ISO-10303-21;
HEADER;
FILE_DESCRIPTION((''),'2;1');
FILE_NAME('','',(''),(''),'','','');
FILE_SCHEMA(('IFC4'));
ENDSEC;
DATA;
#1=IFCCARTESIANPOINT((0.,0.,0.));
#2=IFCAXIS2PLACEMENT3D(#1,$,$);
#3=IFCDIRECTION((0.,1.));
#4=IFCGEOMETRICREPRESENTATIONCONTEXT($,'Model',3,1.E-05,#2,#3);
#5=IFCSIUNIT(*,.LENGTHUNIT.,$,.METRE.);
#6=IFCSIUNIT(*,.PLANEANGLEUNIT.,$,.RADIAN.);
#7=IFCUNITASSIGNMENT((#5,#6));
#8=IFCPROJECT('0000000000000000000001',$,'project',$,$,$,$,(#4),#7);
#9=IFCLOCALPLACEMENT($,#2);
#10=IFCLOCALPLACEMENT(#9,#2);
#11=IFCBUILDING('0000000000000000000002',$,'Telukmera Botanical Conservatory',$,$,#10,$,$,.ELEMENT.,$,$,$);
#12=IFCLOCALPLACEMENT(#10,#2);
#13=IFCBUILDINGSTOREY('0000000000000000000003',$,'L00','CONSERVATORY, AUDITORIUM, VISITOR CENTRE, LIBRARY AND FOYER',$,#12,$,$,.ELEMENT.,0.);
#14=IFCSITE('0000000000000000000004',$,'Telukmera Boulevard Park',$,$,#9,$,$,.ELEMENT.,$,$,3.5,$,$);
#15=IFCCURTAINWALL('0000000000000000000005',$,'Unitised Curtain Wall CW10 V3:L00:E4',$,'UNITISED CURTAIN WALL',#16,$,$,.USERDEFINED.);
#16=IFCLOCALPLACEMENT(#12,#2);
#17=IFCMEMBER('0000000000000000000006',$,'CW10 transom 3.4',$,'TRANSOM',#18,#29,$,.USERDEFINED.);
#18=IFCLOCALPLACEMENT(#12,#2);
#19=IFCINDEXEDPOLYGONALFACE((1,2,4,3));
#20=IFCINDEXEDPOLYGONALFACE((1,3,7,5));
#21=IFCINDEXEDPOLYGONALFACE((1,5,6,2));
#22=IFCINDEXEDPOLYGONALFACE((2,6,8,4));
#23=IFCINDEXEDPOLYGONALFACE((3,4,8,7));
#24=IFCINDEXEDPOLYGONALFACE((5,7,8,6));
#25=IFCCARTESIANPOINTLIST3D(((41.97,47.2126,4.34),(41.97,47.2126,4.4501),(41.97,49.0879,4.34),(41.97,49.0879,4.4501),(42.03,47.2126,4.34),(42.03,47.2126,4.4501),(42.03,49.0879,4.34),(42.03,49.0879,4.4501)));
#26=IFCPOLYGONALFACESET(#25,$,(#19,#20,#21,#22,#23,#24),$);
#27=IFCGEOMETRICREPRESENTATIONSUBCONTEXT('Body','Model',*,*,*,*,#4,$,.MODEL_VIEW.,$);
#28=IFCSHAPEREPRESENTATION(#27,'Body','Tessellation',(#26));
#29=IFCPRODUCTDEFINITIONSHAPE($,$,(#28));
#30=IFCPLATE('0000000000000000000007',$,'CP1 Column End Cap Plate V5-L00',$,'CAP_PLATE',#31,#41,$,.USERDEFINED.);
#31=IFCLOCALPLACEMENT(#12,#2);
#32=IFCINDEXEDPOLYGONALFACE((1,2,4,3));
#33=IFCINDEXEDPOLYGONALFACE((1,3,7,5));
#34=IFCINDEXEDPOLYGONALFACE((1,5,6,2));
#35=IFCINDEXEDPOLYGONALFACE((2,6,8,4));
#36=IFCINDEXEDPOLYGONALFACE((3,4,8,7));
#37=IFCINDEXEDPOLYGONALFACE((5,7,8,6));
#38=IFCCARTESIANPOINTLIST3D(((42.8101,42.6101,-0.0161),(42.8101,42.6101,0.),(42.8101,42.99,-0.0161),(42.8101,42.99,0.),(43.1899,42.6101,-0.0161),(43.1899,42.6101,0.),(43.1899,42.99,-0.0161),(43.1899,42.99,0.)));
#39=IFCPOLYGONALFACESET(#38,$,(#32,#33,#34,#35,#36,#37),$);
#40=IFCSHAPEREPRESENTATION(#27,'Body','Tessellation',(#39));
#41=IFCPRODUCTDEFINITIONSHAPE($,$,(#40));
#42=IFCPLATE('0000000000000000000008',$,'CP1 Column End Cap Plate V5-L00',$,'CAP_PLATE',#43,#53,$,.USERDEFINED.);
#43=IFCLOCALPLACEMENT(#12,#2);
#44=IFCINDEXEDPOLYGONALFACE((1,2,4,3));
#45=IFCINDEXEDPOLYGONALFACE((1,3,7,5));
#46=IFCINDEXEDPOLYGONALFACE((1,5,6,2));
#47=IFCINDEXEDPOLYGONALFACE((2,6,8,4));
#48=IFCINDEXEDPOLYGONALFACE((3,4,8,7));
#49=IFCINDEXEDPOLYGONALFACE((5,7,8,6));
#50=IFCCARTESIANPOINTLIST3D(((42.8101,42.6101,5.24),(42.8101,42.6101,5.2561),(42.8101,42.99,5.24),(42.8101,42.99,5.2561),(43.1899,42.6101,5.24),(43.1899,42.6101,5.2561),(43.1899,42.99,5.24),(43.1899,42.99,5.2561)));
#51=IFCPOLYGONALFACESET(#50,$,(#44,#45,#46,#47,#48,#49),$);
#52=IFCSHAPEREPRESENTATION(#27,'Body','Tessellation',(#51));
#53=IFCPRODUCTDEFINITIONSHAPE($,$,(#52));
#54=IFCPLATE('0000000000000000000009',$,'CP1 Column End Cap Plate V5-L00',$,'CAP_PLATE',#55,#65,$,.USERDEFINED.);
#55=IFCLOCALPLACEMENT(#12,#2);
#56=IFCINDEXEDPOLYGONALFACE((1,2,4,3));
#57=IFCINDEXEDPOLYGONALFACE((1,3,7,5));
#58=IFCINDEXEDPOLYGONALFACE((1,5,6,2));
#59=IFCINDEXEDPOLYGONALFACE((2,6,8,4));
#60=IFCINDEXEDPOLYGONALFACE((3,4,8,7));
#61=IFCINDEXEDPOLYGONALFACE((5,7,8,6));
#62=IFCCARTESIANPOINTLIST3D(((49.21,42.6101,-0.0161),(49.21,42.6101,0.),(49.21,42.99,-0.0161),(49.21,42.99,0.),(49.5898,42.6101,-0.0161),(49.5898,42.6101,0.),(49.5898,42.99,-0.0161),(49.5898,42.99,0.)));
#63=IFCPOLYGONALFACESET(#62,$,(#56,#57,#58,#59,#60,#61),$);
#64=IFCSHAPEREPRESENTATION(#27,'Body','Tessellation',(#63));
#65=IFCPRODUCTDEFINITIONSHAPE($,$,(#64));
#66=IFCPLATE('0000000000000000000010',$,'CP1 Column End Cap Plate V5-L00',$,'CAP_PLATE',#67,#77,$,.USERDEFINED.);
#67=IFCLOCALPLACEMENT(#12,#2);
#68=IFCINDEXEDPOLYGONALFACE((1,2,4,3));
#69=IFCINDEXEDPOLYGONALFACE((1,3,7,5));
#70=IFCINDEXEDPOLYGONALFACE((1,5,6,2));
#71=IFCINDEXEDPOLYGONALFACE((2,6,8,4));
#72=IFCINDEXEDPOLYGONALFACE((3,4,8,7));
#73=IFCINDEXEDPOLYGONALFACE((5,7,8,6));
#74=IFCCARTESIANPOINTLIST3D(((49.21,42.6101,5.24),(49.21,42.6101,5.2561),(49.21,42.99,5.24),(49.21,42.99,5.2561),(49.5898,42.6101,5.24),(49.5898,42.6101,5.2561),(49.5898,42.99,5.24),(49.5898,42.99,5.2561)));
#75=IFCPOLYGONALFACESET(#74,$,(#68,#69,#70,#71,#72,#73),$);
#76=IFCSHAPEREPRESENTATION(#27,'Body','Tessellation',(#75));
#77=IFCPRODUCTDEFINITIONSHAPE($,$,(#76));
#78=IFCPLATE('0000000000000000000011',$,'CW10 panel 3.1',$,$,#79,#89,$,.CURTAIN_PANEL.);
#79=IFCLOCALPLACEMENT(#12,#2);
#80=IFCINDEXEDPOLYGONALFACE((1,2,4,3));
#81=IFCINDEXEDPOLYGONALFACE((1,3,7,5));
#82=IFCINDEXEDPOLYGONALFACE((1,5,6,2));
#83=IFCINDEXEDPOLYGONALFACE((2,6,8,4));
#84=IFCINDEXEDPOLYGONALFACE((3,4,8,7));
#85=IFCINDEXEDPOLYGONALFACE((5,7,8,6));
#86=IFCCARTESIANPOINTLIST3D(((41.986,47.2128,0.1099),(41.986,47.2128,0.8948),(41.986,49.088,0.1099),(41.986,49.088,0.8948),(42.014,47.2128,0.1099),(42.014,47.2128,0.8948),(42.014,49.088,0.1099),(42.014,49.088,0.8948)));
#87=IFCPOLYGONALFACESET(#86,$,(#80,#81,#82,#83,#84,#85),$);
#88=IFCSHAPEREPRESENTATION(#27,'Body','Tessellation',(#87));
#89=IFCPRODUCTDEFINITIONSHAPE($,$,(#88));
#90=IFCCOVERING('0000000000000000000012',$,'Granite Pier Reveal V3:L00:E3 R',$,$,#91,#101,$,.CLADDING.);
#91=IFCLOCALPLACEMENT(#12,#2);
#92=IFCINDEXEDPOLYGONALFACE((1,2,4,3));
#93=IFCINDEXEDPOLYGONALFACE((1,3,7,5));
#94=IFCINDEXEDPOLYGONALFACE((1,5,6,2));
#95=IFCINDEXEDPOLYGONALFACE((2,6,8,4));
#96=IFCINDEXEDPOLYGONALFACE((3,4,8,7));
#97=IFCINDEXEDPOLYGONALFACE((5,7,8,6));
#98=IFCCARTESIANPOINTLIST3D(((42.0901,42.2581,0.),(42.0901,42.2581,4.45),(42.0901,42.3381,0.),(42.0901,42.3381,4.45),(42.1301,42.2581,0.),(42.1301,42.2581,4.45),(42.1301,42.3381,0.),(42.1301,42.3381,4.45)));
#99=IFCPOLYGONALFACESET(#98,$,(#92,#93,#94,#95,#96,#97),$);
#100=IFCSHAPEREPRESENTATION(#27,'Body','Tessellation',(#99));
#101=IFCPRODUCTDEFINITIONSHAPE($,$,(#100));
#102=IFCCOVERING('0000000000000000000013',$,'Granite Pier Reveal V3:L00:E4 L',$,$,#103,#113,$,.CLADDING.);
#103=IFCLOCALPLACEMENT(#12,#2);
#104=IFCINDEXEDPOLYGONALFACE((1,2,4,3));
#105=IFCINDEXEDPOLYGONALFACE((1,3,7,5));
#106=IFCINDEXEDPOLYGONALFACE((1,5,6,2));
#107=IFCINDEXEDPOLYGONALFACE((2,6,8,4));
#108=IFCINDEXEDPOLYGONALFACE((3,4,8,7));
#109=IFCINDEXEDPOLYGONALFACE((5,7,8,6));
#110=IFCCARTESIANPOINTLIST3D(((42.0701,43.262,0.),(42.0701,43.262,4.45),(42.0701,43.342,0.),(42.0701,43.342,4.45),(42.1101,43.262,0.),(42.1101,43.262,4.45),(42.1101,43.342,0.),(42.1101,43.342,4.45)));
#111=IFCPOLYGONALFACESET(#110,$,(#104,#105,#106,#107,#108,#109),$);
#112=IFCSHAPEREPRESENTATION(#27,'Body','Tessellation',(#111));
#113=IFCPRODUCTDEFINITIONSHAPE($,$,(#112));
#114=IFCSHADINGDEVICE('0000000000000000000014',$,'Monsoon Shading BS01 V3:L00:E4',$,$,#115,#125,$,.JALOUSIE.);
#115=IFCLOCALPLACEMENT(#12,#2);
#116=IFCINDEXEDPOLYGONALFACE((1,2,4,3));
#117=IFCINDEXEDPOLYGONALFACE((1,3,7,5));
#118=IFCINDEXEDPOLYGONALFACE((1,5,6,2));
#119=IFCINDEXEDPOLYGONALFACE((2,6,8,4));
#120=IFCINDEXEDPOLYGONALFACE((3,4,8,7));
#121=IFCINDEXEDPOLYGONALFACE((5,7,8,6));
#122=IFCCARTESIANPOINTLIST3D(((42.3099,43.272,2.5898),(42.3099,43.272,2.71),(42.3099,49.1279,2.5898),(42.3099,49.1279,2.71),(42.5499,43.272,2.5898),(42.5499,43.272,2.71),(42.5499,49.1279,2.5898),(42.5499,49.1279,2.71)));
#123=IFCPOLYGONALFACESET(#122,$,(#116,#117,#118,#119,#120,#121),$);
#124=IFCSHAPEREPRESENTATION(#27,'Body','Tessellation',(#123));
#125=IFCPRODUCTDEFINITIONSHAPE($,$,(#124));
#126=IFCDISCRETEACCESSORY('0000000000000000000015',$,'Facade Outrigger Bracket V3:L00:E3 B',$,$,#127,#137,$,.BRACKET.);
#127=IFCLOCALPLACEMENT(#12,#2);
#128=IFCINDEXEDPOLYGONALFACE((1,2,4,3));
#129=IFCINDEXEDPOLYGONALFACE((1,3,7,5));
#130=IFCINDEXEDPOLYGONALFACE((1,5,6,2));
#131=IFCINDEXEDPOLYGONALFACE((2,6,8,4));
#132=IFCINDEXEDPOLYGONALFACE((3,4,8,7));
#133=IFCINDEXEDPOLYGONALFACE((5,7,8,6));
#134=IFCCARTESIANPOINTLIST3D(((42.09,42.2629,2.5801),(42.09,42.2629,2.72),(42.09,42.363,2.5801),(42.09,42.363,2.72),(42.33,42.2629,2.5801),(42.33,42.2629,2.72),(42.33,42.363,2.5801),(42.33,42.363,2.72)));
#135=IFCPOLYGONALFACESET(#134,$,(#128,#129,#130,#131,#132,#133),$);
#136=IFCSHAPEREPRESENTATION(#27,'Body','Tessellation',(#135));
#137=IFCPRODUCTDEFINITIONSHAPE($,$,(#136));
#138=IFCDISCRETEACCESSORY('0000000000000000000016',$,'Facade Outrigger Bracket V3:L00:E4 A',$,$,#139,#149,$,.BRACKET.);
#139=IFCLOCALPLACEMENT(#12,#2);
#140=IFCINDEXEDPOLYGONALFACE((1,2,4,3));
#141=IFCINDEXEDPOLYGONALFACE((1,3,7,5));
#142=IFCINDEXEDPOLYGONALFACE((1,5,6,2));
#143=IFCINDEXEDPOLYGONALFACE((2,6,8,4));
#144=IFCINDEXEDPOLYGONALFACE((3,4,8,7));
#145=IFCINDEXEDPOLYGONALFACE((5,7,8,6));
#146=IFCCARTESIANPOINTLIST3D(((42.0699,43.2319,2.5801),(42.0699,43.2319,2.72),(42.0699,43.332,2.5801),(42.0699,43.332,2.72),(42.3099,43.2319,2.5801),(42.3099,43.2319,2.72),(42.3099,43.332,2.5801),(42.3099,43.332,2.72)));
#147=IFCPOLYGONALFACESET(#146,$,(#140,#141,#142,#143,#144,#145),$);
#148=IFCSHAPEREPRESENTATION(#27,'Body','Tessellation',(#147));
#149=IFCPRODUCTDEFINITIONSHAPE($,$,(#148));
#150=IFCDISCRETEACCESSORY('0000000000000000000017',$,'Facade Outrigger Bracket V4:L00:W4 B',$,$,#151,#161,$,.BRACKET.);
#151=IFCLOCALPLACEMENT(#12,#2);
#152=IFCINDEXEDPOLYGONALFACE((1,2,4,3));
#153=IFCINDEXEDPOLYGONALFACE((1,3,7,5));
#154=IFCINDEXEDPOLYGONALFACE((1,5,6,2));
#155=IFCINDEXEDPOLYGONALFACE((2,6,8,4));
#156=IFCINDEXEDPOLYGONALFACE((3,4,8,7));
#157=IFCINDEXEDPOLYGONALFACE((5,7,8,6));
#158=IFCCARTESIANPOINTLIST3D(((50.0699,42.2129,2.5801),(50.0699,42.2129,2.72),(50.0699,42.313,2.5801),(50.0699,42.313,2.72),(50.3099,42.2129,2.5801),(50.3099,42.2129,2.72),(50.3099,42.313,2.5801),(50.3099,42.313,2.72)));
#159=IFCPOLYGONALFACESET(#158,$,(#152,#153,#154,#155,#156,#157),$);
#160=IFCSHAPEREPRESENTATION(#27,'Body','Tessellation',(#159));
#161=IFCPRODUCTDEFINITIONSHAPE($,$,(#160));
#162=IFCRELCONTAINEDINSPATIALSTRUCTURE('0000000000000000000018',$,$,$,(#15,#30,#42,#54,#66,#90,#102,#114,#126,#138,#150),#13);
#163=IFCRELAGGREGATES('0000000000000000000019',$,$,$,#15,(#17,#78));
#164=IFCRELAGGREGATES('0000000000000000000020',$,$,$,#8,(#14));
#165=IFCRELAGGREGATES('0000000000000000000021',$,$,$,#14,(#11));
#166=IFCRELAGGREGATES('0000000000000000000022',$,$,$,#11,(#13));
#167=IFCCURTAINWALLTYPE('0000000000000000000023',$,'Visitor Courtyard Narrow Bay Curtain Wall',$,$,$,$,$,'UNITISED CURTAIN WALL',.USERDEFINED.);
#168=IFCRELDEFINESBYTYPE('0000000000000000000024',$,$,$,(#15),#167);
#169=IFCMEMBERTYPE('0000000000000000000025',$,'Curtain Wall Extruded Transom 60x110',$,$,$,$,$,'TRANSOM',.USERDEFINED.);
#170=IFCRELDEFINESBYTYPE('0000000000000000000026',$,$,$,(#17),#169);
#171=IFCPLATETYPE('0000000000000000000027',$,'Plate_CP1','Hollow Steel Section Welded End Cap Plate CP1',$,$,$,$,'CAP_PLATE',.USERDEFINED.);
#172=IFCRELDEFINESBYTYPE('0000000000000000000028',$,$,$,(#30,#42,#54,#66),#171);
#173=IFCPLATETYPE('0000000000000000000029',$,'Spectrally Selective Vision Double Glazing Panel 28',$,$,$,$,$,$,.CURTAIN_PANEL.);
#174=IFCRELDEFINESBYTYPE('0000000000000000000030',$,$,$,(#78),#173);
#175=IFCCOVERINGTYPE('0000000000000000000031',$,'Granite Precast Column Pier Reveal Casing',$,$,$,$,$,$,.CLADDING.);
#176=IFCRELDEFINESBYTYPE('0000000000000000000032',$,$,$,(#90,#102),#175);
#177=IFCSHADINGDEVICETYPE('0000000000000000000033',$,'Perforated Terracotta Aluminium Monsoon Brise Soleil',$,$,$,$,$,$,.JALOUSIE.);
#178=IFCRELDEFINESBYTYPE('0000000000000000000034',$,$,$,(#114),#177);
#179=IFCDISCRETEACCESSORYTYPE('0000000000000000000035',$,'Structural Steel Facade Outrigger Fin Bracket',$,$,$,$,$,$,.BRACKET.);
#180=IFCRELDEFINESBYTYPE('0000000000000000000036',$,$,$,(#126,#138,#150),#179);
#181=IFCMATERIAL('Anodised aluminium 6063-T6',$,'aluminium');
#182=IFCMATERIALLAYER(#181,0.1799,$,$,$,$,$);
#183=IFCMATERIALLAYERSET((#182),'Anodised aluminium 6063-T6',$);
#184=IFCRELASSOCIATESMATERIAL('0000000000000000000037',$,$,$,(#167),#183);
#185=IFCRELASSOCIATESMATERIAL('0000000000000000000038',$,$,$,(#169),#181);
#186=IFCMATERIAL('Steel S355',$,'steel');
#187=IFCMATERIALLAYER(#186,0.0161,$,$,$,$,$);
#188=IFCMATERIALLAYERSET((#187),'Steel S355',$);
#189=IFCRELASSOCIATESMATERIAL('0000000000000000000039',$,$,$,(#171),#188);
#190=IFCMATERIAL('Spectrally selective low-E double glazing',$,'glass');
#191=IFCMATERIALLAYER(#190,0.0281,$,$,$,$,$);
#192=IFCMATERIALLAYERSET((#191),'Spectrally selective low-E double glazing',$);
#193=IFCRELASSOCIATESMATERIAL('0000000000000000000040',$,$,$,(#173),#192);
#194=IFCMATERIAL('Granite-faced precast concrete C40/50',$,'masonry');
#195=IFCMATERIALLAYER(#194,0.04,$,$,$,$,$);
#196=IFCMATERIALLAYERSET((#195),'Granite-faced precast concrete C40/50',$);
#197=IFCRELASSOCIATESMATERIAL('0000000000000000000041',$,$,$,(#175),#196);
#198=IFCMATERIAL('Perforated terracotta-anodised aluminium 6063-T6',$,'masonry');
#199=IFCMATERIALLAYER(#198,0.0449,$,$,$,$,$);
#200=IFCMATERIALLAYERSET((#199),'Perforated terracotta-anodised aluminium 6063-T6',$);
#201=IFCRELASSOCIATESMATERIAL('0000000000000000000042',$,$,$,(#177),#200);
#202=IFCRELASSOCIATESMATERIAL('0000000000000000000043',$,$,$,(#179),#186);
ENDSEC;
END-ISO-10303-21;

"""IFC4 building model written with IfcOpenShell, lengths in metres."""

from ifc_helpers import new_model, si_unit, direction, frame, origin, origin_2d, place, context, subcontext, project, spatial, rectangle, extrude, material, layer, layer_set, material_profile, profile_set, type_object, element, aggregate, save


model = new_model("IFC4")

# Units and contexts
model_context = context("Model", 3, precision=1e-05, world=origin(), true_north=direction((0.0, 1.0)))
body_context = subcontext(model_context, "Body", "Model", "MODEL_VIEW")
ifc_project = project(units=[si_unit("LENGTHUNIT", "METRE"), si_unit("PLANEANGLEUNIT", "RADIAN")], contexts=[model_context])

# Site, building, storey
site_placement = place(None, origin())
site = spatial("IfcSite", under=ifc_project, at=site_placement, Name="Telukmera Boulevard Park", CompositionType="ELEMENT", RefElevation=3.5)
building_placement = place(site_placement, origin())
building = spatial("IfcBuilding", under=site, at=building_placement, Name="Telukmera Botanical Conservatory", CompositionType="ELEMENT")
storey_placement = place(building_placement, origin())
storey = spatial("IfcBuildingStorey", under=building, at=storey_placement, Name="L00", Description="CONSERVATORY, AUDITORIUM, VISITOR CENTRE, LIBRARY AND FOYER", CompositionType="ELEMENT", Elevation=0.0)

# Shared definitions
ifc_material_1 = material(Name="Steel S355", Category="steel")

# Curtain wall, member
ifc_material_2 = material(Name="Anodised aluminium 6063-T6", Category="aluminium")
ifc_layer_1 = layer(ifc_material_2, 0.1799)
ifc_layer_set_1 = layer_set([ifc_layer_1], Name="Anodised aluminium 6063-T6")
curtain_wall_type = type_object("IfcCurtainWallType", Name="Visitor Courtyard Narrow Bay Curtain Wall", ElementType="UNITISED CURTAIN WALL", PredefinedType="USERDEFINED", material=ifc_layer_set_1)
curtain_wall_placement = place(storey_placement, origin())
curtain_wall = element("IfcCurtainWall", 1, at=curtain_wall_placement, inside=storey, type_object=curtain_wall_type, Name="Unitised Curtain Wall CW10 V3:L00:E4", ObjectType="UNITISED CURTAIN WALL", PredefinedType="USERDEFINED")
ifc_material_profile_1 = material_profile(ifc_material_2, rectangle(XDim=0.0601, YDim=0.1101, at=origin_2d()), Name="ALU TRAN 60x110")
ifc_profile_set_1 = profile_set([ifc_material_profile_1], Name="Anodised aluminium 6063-T6")
member_type = type_object("IfcMemberType", Name="Curtain Wall Extruded Transom 60x110", ElementType="TRANSOM", PredefinedType="USERDEFINED", material=ifc_profile_set_1)
member_1_placement = place(storey_placement, frame((42.0, 47.2126, 4.395), z_axis=(0.0, 1.0, 0.0), x_axis=(-1.0, 0.0, 0.0)))
member_1 = element("IfcMember", 2, at=member_1_placement, type_object=member_type, Name="CW10 transom 3.4", ObjectType="TRANSOM", PredefinedType="USERDEFINED", context=body_context, shape_type="SweptSolid", body=[
    extrude(rectangle(XDim=0.0601, YDim=0.1101, at=origin_2d()), origin(), (0.0, 0.0, 1.0), 1.8752),
])

# Plates
ifc_layer_2 = layer(ifc_material_1, 0.0161)
ifc_layer_set_2 = layer_set([ifc_layer_2], Name="Steel S355")
plate_type_1 = type_object("IfcPlateType", Name="Plate_CP1", Description="Hollow Steel Section Welded End Cap Plate CP1", ElementType="CAP_PLATE", PredefinedType="USERDEFINED", material=ifc_layer_set_2)
for number, where, z_axis, x_axis, name in (
    (3, (43.0, 42.8, -0.0161), (0.0, 0.0, 1.0), (1.0, 0.0, 0.0), "CP1 Column End Cap Plate V5-L00"),
    (4, (43.0, 42.8, 5.24), (0.0, 0.0, 1.0), (1.0, 0.0, 0.0), "CP1 Column End Cap Plate V5-L00"),
    (5, (49.3999, 42.8, -0.0161), (0.0, 0.0, 1.0), (1.0, 0.0, 0.0), "CP1 Column End Cap Plate V5-L00"),
    (6, (49.3999, 42.8, 5.24), (0.0, 0.0, 1.0), (1.0, 0.0, 0.0), "CP1 Column End Cap Plate V5-L00"),
):
    element("IfcPlate", number, at=place(storey_placement, frame(where, z_axis=z_axis, x_axis=x_axis)), inside=storey, type_object=plate_type_1, Name=name, ObjectType="CAP_PLATE", PredefinedType="USERDEFINED", context=body_context, shape_type="SweptSolid", body=[
        extrude(rectangle(XDim=0.3799, YDim=0.3799, at=origin_2d()), origin(), (0.0, 0.0, 1.0), 0.0161),
    ])

# Plate
ifc_material_3 = material(Name="Spectrally selective low-E double glazing", Category="glass")
ifc_layer_3 = layer(ifc_material_3, 0.0281)
ifc_layer_set_3 = layer_set([ifc_layer_3], Name="Spectrally selective low-E double glazing")
plate_type_2 = type_object("IfcPlateType", Name="Spectrally Selective Vision Double Glazing Panel 28", PredefinedType="CURTAIN_PANEL", material=ifc_layer_set_3)
plate_placement = place(storey_placement, frame((42.0, 48.1504, 0.1099), z_axis=(0.0, 0.0, 1.0), x_axis=(0.0, 1.0, 0.0)))
plate = element("IfcPlate", 7, at=plate_placement, type_object=plate_type_2, Name="CW10 panel 3.1", PredefinedType="CURTAIN_PANEL", context=body_context, shape_type="SweptSolid", body=[
    extrude(rectangle(XDim=1.8752, YDim=0.0281, at=origin_2d()), origin(), (0.0, 0.0, 1.0), 0.7849),
])
aggregate(curtain_wall, [member_1, plate])

# Coverings
ifc_material_4 = material(Name="Granite-faced precast concrete C40/50", Category="masonry")
ifc_layer_4 = layer(ifc_material_4, 0.04)
ifc_layer_set_4 = layer_set([ifc_layer_4], Name="Granite-faced precast concrete C40/50")
covering_type = type_object("IfcCoveringType", Name="Granite Precast Column Pier Reveal Casing", PredefinedType="CLADDING", material=ifc_layer_set_4)
for number, where, z_axis, x_axis, name in (
    (8, (42.1101, 42.2981, 0.0), (0.0, 0.0, 1.0), (0.0, 1.0, 0.0), "Granite Pier Reveal V3:L00:E3 R"),
    (9, (42.0901, 43.302, 0.0), (0.0, 0.0, 1.0), (0.0, 1.0, 0.0), "Granite Pier Reveal V3:L00:E4 L"),
):
    element("IfcCovering", number, at=place(storey_placement, frame(where, z_axis=z_axis, x_axis=x_axis)), inside=storey, type_object=covering_type, Name=name, PredefinedType="CLADDING", context=body_context, shape_type="SweptSolid", body=[
        extrude(rectangle(XDim=0.0801, YDim=0.04, at=origin_2d()), origin(), (0.0, 0.0, 1.0), 4.45),
    ])

# Shading device
ifc_material_5 = material(Name="Perforated terracotta-anodised aluminium 6063-T6", Category="masonry")
ifc_layer_5 = layer(ifc_material_5, 0.0449)
ifc_layer_set_5 = layer_set([ifc_layer_5], Name="Perforated terracotta-anodised aluminium 6063-T6")
shading_device_type = type_object("IfcShadingDeviceType", Name="Perforated Terracotta Aluminium Monsoon Brise Soleil", PredefinedType="JALOUSIE", material=ifc_layer_set_5)
shading_device_placement = place(storey_placement, frame((42.4299, 46.2, 2.5898), z_axis=(0.0, 0.0, 1.0), x_axis=(0.0, 1.0, 0.0)))
element("IfcShadingDevice", 10, at=shading_device_placement, inside=storey, type_object=shading_device_type, Name="Monsoon Shading BS01 V3:L00:E4", PredefinedType="JALOUSIE", context=body_context, shape_type="SweptSolid", body=[
    extrude(rectangle(XDim=5.856, YDim=0.24, at=origin_2d()), origin(), (0.0, 0.0, 1.0), 0.1201),
])

# Discrete accessories
discrete_accessory_type = type_object("IfcDiscreteAccessoryType", Name="Structural Steel Facade Outrigger Fin Bracket", PredefinedType="BRACKET", material=ifc_material_1)
for number, where, z_axis, x_axis, name in (
    (11, (42.21, 42.313, 2.5801), (0.0, 0.0, 1.0), (0.0, 1.0, 0.0), "Facade Outrigger Bracket V3:L00:E3 B"),
    (12, (42.1899, 43.282, 2.5801), (0.0, 0.0, 1.0), (0.0, 1.0, 0.0), "Facade Outrigger Bracket V3:L00:E4 A"),
    (13, (50.1899, 42.2629, 2.5801), (0.0, 0.0, 1.0), (0.0, 1.0, 0.0), "Facade Outrigger Bracket V4:L00:W4 B"),
):
    element("IfcDiscreteAccessory", number, at=place(storey_placement, frame(where, z_axis=z_axis, x_axis=x_axis)), inside=storey, type_object=discrete_accessory_type, Name=name, PredefinedType="BRACKET", context=body_context, shape_type="SweptSolid", body=[
        extrude(rectangle(XDim=0.1001, YDim=0.24, at=origin_2d()), origin(), (0.0, 0.0, 1.0), 0.1399),
    ])

save(model, "model.ifc")
